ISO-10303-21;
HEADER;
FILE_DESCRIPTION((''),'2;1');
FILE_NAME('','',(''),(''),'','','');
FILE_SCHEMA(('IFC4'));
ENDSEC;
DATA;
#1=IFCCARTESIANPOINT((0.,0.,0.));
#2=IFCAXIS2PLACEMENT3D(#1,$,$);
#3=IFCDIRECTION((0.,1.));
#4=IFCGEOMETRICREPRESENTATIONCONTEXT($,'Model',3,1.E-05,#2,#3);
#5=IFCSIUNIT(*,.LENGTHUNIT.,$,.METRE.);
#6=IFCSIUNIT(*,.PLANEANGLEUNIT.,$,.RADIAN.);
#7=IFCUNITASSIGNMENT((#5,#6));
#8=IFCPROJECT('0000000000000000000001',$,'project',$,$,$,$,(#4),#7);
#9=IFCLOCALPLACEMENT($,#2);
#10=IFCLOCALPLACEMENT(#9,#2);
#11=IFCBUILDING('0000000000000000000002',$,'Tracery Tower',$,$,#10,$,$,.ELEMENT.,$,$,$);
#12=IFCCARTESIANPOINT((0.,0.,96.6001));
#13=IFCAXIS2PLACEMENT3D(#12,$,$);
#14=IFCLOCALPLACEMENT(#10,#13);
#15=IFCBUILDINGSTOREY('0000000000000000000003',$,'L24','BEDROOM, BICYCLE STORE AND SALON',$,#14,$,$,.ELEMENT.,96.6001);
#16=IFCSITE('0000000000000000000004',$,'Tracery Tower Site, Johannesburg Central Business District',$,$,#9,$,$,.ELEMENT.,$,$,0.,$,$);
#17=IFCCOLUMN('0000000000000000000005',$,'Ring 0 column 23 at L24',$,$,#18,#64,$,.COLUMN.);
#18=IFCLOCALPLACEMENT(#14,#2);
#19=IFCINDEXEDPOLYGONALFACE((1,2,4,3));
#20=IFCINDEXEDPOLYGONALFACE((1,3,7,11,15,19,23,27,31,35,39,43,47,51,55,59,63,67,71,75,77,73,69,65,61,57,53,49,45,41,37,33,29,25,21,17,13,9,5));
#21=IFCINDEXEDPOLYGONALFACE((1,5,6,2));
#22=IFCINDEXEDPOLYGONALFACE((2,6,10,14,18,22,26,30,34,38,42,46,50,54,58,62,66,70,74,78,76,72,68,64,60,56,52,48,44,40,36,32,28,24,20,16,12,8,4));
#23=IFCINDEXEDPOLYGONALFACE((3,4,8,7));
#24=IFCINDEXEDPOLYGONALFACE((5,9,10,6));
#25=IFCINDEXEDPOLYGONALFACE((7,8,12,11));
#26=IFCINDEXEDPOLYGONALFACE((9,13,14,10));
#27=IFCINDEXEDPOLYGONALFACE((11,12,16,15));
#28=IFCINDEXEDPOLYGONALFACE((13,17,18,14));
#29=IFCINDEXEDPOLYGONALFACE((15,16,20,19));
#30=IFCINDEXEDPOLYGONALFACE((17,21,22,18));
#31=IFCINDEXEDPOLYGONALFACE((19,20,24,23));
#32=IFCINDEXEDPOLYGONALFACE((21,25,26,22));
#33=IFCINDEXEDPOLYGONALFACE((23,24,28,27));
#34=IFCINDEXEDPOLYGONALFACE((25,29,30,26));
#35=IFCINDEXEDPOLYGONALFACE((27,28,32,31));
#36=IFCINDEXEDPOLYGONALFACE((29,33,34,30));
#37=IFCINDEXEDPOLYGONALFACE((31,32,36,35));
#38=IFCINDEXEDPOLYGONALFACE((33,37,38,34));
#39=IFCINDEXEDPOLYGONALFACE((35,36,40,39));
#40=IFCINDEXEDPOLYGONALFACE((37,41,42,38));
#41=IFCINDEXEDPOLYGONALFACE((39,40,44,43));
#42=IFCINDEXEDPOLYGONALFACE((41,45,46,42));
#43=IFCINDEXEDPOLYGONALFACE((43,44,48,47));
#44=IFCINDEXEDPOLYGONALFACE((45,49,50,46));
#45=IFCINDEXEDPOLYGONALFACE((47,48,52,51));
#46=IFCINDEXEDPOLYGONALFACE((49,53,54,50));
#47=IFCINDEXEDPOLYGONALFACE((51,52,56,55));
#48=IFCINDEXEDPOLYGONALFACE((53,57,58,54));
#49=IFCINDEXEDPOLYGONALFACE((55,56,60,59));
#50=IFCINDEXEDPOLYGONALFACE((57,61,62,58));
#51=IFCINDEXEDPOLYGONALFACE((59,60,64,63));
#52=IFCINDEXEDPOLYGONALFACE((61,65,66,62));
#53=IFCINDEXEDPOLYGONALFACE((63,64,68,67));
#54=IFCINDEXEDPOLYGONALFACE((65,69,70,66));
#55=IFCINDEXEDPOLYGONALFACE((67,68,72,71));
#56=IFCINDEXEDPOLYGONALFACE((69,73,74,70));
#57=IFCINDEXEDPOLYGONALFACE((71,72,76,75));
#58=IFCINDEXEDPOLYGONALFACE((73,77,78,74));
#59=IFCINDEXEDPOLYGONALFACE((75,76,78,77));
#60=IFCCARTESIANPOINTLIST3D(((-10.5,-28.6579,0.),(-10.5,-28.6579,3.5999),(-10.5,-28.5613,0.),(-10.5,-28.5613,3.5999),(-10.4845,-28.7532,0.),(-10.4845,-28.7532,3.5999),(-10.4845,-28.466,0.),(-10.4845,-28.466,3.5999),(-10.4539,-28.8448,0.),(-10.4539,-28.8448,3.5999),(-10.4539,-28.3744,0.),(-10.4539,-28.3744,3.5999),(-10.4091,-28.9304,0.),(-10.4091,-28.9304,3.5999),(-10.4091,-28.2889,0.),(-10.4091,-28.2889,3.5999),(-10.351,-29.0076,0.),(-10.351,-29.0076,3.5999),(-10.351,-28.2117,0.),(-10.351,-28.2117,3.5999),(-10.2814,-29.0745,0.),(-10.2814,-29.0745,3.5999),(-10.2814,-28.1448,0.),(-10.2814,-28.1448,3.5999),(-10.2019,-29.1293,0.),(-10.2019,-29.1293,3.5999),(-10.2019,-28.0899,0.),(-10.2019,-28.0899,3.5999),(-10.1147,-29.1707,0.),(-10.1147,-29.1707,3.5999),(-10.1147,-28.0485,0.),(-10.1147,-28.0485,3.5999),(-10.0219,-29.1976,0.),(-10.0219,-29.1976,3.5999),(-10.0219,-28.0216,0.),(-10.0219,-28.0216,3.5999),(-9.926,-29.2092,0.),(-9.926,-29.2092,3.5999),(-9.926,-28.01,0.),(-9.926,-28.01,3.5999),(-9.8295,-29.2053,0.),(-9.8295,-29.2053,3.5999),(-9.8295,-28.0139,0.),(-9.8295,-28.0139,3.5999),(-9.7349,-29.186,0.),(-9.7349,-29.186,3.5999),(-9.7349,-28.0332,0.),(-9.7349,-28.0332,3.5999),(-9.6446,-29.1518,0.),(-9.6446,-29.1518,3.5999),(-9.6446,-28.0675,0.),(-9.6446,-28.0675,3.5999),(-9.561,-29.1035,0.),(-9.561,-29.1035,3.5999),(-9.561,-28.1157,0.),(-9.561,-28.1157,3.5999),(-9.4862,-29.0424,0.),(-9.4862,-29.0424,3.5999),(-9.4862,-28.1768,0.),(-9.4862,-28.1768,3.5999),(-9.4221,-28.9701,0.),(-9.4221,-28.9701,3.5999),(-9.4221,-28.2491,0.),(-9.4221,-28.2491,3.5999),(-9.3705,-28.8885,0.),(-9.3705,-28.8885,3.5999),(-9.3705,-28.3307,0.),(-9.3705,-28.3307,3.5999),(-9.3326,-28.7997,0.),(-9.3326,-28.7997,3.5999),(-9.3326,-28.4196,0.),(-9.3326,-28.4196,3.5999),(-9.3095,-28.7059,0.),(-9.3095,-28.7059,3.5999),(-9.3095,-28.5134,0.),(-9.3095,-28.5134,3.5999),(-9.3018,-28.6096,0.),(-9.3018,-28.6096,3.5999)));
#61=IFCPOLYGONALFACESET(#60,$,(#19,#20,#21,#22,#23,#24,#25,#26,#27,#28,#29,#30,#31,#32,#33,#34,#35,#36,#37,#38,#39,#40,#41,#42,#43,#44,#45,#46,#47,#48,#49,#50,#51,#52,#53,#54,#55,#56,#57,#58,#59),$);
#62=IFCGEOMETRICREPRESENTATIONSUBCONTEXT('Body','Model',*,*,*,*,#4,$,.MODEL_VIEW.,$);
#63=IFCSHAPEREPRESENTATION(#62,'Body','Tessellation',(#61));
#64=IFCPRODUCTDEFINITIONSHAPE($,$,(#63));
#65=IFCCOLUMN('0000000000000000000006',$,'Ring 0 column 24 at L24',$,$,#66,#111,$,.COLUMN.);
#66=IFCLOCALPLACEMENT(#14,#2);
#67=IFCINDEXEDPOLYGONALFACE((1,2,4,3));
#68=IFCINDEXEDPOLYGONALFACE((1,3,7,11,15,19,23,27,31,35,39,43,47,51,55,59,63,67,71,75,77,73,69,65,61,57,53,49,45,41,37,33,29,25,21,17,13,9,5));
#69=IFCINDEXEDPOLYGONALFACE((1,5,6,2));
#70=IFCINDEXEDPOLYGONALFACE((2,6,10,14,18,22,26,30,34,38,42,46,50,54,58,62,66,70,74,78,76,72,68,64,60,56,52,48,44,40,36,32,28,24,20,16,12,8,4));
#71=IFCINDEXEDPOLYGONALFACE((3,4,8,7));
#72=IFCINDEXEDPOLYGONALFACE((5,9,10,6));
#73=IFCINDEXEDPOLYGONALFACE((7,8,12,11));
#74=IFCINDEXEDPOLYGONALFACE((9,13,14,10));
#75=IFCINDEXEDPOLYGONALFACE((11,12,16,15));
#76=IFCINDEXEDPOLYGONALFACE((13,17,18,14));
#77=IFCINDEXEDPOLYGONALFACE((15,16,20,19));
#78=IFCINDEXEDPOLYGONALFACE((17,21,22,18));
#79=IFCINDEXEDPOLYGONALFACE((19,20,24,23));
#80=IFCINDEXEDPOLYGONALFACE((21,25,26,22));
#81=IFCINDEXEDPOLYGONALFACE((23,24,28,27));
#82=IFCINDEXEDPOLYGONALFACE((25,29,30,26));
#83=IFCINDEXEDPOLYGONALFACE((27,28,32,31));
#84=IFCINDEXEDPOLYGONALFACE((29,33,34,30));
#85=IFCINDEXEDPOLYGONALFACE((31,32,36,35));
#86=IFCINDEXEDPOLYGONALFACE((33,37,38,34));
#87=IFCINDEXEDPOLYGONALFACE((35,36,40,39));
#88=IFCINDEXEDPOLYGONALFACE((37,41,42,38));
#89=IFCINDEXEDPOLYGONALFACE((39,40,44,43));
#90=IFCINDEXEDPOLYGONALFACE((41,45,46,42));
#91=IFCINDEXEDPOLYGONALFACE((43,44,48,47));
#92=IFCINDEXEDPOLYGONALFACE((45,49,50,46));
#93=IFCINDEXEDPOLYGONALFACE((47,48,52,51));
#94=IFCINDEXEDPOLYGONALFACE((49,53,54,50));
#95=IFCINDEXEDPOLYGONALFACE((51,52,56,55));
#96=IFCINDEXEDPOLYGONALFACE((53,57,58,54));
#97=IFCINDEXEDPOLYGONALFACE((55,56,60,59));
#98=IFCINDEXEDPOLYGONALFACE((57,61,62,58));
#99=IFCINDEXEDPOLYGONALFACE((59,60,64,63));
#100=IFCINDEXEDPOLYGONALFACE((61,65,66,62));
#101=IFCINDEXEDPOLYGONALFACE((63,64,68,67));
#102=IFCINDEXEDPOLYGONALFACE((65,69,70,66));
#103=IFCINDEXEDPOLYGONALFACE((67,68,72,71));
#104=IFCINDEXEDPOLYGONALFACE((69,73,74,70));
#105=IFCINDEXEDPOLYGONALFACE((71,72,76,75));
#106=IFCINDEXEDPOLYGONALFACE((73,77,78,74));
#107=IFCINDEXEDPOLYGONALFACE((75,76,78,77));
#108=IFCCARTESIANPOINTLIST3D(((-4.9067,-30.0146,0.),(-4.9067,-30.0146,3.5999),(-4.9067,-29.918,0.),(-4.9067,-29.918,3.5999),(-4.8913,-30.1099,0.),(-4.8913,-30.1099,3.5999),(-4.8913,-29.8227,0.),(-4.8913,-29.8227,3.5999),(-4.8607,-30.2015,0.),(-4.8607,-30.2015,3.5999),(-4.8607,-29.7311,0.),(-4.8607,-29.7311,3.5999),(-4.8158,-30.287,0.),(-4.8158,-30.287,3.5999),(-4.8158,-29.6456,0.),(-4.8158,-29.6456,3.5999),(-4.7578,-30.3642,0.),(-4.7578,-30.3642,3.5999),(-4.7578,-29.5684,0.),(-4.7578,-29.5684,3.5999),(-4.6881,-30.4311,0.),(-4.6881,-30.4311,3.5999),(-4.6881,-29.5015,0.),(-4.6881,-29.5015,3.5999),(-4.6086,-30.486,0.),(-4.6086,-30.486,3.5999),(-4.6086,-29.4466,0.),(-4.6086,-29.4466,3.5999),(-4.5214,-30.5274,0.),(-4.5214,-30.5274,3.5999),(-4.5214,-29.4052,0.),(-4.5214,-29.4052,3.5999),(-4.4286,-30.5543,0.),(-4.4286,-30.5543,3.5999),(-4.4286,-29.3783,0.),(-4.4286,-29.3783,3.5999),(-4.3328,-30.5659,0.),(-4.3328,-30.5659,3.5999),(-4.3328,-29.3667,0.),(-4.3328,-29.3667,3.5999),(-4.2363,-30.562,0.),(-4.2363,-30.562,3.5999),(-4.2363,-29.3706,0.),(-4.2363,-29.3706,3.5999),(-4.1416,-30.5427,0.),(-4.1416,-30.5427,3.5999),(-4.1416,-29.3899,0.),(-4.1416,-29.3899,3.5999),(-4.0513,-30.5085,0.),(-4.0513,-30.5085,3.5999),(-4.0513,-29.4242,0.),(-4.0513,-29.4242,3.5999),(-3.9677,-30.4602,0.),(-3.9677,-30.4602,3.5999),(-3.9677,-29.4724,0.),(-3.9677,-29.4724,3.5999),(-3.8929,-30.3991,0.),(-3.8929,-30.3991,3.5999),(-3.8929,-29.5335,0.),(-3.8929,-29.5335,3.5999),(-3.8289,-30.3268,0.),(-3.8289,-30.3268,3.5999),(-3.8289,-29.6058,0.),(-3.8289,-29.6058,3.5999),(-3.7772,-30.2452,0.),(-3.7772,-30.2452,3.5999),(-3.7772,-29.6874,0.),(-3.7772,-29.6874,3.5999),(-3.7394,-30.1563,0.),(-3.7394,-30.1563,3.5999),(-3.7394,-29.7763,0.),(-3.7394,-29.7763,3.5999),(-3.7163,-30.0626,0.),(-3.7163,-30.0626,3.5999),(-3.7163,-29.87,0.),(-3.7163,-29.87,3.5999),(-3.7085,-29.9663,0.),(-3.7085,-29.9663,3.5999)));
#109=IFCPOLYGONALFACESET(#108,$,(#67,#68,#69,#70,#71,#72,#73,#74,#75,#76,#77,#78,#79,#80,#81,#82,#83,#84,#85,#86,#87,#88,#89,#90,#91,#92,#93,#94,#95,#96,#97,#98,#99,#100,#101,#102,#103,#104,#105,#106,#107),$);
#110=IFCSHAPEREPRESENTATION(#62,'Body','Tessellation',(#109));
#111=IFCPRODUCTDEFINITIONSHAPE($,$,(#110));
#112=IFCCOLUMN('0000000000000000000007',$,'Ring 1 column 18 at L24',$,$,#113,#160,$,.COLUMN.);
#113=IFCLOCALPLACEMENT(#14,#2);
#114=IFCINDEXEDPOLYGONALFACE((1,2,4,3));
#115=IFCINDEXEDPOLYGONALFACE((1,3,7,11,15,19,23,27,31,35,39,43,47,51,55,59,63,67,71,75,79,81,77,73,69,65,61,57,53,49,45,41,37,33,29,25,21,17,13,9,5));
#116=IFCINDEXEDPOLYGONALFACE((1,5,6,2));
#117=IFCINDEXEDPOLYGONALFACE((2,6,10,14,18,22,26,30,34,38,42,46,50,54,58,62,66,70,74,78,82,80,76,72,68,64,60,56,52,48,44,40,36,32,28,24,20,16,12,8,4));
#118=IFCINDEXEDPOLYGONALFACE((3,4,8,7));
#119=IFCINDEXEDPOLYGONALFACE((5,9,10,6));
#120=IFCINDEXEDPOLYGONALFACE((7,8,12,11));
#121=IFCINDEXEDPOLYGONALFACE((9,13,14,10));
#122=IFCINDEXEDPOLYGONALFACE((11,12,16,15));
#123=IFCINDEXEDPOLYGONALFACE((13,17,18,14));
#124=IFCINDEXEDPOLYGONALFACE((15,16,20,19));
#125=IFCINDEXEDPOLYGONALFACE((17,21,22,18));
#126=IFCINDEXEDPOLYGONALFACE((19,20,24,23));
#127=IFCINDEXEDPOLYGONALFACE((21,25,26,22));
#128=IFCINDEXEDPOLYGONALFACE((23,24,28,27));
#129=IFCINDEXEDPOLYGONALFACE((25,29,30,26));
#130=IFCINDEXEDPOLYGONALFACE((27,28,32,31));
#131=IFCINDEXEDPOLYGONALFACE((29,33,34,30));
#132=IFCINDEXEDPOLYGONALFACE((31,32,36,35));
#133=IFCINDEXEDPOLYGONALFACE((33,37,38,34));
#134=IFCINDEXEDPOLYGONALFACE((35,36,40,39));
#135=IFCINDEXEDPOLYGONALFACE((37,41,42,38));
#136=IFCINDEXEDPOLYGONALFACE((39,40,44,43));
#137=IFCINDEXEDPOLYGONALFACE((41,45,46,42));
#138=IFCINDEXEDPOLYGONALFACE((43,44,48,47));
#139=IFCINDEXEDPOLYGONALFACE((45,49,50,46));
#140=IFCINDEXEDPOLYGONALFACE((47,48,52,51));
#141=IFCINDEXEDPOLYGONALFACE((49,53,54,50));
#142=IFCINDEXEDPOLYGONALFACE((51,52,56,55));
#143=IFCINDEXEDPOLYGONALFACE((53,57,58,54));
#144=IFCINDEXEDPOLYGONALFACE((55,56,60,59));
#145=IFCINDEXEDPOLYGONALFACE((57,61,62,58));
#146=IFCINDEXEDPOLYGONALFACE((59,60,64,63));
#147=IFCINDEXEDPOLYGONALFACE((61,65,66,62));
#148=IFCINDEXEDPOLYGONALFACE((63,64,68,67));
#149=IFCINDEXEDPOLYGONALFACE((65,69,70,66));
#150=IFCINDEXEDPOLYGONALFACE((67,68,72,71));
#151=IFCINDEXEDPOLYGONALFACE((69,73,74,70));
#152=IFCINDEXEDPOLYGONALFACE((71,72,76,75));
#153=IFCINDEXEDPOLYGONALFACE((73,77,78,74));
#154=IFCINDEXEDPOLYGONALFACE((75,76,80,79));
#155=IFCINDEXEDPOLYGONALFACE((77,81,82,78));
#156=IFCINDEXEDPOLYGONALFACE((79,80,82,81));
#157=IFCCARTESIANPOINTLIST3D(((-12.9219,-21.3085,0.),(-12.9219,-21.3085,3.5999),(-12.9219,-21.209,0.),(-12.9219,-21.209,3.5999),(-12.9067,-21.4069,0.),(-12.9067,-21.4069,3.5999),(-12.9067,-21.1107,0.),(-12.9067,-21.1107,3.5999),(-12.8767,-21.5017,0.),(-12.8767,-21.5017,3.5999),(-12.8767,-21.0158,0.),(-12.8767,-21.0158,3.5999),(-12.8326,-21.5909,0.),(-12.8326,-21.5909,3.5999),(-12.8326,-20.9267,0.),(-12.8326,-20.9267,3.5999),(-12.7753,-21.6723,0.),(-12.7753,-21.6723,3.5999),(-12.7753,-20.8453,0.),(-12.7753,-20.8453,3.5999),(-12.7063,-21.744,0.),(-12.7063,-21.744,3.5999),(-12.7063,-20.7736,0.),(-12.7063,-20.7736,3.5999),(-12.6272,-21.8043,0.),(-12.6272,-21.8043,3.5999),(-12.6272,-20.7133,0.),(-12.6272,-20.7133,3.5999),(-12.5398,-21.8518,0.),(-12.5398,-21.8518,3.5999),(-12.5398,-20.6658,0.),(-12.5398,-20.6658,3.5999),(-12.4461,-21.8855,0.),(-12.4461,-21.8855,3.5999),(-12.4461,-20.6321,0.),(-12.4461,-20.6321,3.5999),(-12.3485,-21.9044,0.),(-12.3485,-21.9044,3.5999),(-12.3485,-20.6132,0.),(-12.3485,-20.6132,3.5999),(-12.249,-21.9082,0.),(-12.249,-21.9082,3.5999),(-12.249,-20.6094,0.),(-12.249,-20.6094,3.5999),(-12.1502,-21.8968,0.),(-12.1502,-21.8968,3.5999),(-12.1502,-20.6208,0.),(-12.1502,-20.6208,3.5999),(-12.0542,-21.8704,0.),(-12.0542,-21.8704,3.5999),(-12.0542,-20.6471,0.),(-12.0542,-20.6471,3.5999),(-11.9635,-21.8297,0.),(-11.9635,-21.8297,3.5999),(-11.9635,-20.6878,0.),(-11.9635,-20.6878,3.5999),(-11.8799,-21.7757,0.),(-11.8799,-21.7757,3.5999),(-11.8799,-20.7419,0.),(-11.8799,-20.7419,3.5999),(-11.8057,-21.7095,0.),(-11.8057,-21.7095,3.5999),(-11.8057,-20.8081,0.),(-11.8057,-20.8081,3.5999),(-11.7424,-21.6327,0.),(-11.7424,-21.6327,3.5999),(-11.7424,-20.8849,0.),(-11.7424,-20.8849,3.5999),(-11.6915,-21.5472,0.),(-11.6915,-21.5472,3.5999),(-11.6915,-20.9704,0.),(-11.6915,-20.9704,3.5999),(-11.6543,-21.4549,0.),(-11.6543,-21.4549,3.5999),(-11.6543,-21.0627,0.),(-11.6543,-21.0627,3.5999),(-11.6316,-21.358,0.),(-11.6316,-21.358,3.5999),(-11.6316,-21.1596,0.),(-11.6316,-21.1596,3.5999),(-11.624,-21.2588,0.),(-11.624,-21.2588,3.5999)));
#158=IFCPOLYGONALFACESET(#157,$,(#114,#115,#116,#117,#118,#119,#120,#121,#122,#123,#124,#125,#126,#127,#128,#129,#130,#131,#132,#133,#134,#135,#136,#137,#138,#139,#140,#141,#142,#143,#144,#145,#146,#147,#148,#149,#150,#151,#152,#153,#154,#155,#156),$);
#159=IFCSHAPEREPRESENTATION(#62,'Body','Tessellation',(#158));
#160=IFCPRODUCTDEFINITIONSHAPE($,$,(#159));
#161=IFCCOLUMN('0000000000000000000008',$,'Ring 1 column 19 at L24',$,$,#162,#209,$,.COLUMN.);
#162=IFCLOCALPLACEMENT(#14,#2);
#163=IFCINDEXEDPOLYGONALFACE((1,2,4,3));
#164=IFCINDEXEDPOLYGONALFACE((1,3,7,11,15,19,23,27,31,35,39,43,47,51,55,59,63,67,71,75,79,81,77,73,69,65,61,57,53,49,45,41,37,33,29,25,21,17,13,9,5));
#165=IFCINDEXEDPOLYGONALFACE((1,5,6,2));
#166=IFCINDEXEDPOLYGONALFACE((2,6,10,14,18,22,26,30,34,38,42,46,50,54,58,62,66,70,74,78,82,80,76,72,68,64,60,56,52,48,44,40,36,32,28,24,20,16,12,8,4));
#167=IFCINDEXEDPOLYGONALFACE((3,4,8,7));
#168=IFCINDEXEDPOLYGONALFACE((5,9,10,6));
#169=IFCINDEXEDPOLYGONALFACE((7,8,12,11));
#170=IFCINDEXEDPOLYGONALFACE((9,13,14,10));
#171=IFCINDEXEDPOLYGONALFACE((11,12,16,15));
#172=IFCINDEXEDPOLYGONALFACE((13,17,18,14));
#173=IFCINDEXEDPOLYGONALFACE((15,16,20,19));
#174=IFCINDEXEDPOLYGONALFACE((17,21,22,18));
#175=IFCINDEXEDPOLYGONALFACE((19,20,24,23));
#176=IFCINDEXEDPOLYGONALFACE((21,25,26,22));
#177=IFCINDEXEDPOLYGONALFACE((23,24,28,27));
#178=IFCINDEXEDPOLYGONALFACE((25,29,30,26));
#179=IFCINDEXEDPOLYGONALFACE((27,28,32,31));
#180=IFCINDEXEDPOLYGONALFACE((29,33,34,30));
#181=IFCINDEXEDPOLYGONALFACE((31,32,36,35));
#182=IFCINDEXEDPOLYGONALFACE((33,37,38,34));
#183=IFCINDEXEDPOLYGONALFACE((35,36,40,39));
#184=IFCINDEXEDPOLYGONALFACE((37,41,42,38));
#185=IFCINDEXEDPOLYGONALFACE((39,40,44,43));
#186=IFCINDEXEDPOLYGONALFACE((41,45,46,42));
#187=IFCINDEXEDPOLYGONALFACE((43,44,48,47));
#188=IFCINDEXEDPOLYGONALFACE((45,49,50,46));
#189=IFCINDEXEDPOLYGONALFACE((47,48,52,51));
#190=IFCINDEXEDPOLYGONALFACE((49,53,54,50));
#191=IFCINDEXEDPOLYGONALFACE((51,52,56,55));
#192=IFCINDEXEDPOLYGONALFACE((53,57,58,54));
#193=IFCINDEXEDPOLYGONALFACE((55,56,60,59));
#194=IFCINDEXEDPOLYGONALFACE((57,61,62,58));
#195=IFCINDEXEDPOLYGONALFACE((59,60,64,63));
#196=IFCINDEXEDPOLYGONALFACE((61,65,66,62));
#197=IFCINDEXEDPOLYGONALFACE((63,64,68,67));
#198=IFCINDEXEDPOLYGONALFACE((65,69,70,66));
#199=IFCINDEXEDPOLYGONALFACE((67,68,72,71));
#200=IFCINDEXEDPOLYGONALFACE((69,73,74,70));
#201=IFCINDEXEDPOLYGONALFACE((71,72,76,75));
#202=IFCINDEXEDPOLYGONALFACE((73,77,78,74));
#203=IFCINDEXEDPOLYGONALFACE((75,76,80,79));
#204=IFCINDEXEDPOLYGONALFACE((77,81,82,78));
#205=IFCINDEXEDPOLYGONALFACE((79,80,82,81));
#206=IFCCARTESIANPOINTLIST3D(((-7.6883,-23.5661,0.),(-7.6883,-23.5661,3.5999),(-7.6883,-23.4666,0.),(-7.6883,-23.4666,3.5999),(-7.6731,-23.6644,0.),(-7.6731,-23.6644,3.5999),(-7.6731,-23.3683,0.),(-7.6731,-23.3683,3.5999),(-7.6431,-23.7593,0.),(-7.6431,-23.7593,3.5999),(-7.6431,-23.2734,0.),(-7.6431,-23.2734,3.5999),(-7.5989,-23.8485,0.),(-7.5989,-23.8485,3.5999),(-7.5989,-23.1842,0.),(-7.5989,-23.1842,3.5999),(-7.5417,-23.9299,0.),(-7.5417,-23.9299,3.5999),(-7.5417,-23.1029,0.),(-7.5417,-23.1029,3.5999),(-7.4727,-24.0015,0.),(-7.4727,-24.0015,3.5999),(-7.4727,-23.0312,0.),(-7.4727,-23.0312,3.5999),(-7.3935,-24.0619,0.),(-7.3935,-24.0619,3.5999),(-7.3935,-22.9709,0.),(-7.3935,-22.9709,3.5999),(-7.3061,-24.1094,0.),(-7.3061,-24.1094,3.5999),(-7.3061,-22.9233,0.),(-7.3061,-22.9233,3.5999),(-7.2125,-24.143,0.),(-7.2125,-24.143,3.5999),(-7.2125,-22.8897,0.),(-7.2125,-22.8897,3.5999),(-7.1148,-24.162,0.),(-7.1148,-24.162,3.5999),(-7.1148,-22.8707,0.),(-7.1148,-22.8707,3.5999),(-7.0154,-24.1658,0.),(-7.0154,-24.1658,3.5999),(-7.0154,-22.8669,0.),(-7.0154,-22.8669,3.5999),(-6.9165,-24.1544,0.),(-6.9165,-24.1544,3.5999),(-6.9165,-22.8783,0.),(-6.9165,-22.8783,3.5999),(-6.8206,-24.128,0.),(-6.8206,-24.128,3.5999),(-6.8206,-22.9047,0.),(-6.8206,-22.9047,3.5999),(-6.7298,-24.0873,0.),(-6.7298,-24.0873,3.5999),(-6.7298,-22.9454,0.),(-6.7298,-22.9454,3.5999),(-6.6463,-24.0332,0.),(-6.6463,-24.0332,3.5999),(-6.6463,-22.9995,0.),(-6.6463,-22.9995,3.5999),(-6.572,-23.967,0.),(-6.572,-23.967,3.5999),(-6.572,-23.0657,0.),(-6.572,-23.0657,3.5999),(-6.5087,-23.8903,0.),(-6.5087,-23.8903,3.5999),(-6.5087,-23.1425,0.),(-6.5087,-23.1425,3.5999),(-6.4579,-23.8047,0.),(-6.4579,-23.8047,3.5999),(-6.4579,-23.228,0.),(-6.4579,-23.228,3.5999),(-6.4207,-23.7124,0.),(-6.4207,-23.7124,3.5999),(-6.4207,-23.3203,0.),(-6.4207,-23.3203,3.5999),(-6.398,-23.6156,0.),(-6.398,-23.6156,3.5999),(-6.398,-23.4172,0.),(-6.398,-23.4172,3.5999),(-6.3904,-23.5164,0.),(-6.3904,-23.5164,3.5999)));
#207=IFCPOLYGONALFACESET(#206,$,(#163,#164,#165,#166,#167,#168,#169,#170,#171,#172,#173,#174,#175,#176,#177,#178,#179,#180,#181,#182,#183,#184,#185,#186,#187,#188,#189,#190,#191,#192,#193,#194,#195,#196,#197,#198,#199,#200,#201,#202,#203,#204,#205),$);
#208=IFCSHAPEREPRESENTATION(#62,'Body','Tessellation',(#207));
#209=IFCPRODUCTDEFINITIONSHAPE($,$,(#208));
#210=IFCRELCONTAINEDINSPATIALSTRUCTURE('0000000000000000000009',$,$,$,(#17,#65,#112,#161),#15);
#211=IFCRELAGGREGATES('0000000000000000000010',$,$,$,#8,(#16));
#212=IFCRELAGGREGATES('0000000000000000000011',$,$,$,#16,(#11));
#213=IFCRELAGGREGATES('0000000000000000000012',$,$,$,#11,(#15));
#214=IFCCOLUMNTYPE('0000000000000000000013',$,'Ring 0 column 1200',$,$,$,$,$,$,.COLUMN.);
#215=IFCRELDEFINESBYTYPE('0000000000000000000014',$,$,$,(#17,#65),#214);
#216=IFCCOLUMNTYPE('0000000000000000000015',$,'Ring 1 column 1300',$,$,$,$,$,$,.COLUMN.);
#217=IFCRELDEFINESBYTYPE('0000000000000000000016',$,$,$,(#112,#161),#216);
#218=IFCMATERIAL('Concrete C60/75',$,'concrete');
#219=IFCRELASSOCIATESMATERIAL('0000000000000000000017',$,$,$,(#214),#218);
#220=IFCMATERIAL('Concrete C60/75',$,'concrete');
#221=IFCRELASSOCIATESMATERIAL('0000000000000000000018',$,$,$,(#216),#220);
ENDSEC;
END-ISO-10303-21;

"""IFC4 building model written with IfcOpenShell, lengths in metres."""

from ifc_helpers import new_model, si_unit, direction, frame, origin, origin_2d, place, context, subcontext, project, spatial, circle, extrude, material, material_profile, profile_set, type_object, element, save


model = new_model("IFC4")

# Units and contexts
model_context = context("Model", 3, precision=1e-05, world=origin(), true_north=direction((0.0, 1.0)))
body_context = subcontext(model_context, "Body", "Model", "MODEL_VIEW")
ifc_project = project(units=[si_unit("LENGTHUNIT", "METRE"), si_unit("PLANEANGLEUNIT", "RADIAN")], contexts=[model_context])

# Site, building, storey
site_placement = place(None, origin())
site = spatial("IfcSite", under=ifc_project, at=site_placement, Name="Tracery Tower Site, Johannesburg Central Business District", CompositionType="ELEMENT", RefElevation=0.0)
building_placement = place(site_placement, origin())
building = spatial("IfcBuilding", under=site, at=building_placement, Name="Tracery Tower", CompositionType="ELEMENT")
storey_placement = place(building_placement, frame((0.0, 0.0, 96.6001)))
storey = spatial("IfcBuildingStorey", under=building, at=storey_placement, Name="L24", Description="BEDROOM, BICYCLE STORE AND SALON", CompositionType="ELEMENT", Elevation=96.6001)

# Columns
ifc_material_1 = material(Name="Concrete C60/75", Category="concrete")
ifc_material_profile_1 = material_profile(ifc_material_1, circle(Radius=0.6001, at=origin_2d()), Name="RC D1200")
ifc_profile_set_1 = profile_set([ifc_material_profile_1], Name="Concrete C60/75")
column_type_1 = type_object("IfcColumnType", Name="Ring 0 column 1200", PredefinedType="COLUMN", material=ifc_profile_set_1)
for number, where, z_axis, x_axis, name in (
    (1, (-9.9019, -28.6096, 0.0), (0.0, 0.0, 1.0), (1.0, 0.0, 0.0), "Ring 0 column 23 at L24"),
    (2, (-4.3086, -29.9663, 0.0), (0.0, 0.0, 1.0), (1.0, 0.0, 0.0), "Ring 0 column 24 at L24"),
):
    element("IfcColumn", number, at=place(storey_placement, frame(where, z_axis=z_axis, x_axis=x_axis)), inside=storey, type_object=column_type_1, Name=name, PredefinedType="COLUMN", context=body_context, shape_type="SweptSolid", body=[
        extrude(circle(Radius=0.6001, at=origin_2d()), origin(), (0.0, 0.0, 1.0), 3.5999),
    ])
ifc_material_2 = material(Name="Concrete C60/75", Category="concrete")
ifc_material_profile_2 = material_profile(ifc_material_2, circle(Radius=0.6499, at=origin_2d()), Name="RC D1300")
ifc_profile_set_2 = profile_set([ifc_material_profile_2], Name="Concrete C60/75")
column_type_2 = type_object("IfcColumnType", Name="Ring 1 column 1300", PredefinedType="COLUMN", material=ifc_profile_set_2)
for number, where, z_axis, x_axis, name in (
    (3, (-12.2739, -21.2588, 0.0), (0.0, 0.0, 1.0), (1.0, 0.0, 0.0), "Ring 1 column 18 at L24"),
    (4, (-7.0403, -23.5164, 0.0), (0.0, 0.0, 1.0), (1.0, 0.0, 0.0), "Ring 1 column 19 at L24"),
):
    element("IfcColumn", number, at=place(storey_placement, frame(where, z_axis=z_axis, x_axis=x_axis)), inside=storey, type_object=column_type_2, Name=name, PredefinedType="COLUMN", context=body_context, shape_type="SweptSolid", body=[
        extrude(circle(Radius=0.6499, at=origin_2d()), origin(), (0.0, 0.0, 1.0), 3.5999),
    ])

save(model, "model.ifc")
